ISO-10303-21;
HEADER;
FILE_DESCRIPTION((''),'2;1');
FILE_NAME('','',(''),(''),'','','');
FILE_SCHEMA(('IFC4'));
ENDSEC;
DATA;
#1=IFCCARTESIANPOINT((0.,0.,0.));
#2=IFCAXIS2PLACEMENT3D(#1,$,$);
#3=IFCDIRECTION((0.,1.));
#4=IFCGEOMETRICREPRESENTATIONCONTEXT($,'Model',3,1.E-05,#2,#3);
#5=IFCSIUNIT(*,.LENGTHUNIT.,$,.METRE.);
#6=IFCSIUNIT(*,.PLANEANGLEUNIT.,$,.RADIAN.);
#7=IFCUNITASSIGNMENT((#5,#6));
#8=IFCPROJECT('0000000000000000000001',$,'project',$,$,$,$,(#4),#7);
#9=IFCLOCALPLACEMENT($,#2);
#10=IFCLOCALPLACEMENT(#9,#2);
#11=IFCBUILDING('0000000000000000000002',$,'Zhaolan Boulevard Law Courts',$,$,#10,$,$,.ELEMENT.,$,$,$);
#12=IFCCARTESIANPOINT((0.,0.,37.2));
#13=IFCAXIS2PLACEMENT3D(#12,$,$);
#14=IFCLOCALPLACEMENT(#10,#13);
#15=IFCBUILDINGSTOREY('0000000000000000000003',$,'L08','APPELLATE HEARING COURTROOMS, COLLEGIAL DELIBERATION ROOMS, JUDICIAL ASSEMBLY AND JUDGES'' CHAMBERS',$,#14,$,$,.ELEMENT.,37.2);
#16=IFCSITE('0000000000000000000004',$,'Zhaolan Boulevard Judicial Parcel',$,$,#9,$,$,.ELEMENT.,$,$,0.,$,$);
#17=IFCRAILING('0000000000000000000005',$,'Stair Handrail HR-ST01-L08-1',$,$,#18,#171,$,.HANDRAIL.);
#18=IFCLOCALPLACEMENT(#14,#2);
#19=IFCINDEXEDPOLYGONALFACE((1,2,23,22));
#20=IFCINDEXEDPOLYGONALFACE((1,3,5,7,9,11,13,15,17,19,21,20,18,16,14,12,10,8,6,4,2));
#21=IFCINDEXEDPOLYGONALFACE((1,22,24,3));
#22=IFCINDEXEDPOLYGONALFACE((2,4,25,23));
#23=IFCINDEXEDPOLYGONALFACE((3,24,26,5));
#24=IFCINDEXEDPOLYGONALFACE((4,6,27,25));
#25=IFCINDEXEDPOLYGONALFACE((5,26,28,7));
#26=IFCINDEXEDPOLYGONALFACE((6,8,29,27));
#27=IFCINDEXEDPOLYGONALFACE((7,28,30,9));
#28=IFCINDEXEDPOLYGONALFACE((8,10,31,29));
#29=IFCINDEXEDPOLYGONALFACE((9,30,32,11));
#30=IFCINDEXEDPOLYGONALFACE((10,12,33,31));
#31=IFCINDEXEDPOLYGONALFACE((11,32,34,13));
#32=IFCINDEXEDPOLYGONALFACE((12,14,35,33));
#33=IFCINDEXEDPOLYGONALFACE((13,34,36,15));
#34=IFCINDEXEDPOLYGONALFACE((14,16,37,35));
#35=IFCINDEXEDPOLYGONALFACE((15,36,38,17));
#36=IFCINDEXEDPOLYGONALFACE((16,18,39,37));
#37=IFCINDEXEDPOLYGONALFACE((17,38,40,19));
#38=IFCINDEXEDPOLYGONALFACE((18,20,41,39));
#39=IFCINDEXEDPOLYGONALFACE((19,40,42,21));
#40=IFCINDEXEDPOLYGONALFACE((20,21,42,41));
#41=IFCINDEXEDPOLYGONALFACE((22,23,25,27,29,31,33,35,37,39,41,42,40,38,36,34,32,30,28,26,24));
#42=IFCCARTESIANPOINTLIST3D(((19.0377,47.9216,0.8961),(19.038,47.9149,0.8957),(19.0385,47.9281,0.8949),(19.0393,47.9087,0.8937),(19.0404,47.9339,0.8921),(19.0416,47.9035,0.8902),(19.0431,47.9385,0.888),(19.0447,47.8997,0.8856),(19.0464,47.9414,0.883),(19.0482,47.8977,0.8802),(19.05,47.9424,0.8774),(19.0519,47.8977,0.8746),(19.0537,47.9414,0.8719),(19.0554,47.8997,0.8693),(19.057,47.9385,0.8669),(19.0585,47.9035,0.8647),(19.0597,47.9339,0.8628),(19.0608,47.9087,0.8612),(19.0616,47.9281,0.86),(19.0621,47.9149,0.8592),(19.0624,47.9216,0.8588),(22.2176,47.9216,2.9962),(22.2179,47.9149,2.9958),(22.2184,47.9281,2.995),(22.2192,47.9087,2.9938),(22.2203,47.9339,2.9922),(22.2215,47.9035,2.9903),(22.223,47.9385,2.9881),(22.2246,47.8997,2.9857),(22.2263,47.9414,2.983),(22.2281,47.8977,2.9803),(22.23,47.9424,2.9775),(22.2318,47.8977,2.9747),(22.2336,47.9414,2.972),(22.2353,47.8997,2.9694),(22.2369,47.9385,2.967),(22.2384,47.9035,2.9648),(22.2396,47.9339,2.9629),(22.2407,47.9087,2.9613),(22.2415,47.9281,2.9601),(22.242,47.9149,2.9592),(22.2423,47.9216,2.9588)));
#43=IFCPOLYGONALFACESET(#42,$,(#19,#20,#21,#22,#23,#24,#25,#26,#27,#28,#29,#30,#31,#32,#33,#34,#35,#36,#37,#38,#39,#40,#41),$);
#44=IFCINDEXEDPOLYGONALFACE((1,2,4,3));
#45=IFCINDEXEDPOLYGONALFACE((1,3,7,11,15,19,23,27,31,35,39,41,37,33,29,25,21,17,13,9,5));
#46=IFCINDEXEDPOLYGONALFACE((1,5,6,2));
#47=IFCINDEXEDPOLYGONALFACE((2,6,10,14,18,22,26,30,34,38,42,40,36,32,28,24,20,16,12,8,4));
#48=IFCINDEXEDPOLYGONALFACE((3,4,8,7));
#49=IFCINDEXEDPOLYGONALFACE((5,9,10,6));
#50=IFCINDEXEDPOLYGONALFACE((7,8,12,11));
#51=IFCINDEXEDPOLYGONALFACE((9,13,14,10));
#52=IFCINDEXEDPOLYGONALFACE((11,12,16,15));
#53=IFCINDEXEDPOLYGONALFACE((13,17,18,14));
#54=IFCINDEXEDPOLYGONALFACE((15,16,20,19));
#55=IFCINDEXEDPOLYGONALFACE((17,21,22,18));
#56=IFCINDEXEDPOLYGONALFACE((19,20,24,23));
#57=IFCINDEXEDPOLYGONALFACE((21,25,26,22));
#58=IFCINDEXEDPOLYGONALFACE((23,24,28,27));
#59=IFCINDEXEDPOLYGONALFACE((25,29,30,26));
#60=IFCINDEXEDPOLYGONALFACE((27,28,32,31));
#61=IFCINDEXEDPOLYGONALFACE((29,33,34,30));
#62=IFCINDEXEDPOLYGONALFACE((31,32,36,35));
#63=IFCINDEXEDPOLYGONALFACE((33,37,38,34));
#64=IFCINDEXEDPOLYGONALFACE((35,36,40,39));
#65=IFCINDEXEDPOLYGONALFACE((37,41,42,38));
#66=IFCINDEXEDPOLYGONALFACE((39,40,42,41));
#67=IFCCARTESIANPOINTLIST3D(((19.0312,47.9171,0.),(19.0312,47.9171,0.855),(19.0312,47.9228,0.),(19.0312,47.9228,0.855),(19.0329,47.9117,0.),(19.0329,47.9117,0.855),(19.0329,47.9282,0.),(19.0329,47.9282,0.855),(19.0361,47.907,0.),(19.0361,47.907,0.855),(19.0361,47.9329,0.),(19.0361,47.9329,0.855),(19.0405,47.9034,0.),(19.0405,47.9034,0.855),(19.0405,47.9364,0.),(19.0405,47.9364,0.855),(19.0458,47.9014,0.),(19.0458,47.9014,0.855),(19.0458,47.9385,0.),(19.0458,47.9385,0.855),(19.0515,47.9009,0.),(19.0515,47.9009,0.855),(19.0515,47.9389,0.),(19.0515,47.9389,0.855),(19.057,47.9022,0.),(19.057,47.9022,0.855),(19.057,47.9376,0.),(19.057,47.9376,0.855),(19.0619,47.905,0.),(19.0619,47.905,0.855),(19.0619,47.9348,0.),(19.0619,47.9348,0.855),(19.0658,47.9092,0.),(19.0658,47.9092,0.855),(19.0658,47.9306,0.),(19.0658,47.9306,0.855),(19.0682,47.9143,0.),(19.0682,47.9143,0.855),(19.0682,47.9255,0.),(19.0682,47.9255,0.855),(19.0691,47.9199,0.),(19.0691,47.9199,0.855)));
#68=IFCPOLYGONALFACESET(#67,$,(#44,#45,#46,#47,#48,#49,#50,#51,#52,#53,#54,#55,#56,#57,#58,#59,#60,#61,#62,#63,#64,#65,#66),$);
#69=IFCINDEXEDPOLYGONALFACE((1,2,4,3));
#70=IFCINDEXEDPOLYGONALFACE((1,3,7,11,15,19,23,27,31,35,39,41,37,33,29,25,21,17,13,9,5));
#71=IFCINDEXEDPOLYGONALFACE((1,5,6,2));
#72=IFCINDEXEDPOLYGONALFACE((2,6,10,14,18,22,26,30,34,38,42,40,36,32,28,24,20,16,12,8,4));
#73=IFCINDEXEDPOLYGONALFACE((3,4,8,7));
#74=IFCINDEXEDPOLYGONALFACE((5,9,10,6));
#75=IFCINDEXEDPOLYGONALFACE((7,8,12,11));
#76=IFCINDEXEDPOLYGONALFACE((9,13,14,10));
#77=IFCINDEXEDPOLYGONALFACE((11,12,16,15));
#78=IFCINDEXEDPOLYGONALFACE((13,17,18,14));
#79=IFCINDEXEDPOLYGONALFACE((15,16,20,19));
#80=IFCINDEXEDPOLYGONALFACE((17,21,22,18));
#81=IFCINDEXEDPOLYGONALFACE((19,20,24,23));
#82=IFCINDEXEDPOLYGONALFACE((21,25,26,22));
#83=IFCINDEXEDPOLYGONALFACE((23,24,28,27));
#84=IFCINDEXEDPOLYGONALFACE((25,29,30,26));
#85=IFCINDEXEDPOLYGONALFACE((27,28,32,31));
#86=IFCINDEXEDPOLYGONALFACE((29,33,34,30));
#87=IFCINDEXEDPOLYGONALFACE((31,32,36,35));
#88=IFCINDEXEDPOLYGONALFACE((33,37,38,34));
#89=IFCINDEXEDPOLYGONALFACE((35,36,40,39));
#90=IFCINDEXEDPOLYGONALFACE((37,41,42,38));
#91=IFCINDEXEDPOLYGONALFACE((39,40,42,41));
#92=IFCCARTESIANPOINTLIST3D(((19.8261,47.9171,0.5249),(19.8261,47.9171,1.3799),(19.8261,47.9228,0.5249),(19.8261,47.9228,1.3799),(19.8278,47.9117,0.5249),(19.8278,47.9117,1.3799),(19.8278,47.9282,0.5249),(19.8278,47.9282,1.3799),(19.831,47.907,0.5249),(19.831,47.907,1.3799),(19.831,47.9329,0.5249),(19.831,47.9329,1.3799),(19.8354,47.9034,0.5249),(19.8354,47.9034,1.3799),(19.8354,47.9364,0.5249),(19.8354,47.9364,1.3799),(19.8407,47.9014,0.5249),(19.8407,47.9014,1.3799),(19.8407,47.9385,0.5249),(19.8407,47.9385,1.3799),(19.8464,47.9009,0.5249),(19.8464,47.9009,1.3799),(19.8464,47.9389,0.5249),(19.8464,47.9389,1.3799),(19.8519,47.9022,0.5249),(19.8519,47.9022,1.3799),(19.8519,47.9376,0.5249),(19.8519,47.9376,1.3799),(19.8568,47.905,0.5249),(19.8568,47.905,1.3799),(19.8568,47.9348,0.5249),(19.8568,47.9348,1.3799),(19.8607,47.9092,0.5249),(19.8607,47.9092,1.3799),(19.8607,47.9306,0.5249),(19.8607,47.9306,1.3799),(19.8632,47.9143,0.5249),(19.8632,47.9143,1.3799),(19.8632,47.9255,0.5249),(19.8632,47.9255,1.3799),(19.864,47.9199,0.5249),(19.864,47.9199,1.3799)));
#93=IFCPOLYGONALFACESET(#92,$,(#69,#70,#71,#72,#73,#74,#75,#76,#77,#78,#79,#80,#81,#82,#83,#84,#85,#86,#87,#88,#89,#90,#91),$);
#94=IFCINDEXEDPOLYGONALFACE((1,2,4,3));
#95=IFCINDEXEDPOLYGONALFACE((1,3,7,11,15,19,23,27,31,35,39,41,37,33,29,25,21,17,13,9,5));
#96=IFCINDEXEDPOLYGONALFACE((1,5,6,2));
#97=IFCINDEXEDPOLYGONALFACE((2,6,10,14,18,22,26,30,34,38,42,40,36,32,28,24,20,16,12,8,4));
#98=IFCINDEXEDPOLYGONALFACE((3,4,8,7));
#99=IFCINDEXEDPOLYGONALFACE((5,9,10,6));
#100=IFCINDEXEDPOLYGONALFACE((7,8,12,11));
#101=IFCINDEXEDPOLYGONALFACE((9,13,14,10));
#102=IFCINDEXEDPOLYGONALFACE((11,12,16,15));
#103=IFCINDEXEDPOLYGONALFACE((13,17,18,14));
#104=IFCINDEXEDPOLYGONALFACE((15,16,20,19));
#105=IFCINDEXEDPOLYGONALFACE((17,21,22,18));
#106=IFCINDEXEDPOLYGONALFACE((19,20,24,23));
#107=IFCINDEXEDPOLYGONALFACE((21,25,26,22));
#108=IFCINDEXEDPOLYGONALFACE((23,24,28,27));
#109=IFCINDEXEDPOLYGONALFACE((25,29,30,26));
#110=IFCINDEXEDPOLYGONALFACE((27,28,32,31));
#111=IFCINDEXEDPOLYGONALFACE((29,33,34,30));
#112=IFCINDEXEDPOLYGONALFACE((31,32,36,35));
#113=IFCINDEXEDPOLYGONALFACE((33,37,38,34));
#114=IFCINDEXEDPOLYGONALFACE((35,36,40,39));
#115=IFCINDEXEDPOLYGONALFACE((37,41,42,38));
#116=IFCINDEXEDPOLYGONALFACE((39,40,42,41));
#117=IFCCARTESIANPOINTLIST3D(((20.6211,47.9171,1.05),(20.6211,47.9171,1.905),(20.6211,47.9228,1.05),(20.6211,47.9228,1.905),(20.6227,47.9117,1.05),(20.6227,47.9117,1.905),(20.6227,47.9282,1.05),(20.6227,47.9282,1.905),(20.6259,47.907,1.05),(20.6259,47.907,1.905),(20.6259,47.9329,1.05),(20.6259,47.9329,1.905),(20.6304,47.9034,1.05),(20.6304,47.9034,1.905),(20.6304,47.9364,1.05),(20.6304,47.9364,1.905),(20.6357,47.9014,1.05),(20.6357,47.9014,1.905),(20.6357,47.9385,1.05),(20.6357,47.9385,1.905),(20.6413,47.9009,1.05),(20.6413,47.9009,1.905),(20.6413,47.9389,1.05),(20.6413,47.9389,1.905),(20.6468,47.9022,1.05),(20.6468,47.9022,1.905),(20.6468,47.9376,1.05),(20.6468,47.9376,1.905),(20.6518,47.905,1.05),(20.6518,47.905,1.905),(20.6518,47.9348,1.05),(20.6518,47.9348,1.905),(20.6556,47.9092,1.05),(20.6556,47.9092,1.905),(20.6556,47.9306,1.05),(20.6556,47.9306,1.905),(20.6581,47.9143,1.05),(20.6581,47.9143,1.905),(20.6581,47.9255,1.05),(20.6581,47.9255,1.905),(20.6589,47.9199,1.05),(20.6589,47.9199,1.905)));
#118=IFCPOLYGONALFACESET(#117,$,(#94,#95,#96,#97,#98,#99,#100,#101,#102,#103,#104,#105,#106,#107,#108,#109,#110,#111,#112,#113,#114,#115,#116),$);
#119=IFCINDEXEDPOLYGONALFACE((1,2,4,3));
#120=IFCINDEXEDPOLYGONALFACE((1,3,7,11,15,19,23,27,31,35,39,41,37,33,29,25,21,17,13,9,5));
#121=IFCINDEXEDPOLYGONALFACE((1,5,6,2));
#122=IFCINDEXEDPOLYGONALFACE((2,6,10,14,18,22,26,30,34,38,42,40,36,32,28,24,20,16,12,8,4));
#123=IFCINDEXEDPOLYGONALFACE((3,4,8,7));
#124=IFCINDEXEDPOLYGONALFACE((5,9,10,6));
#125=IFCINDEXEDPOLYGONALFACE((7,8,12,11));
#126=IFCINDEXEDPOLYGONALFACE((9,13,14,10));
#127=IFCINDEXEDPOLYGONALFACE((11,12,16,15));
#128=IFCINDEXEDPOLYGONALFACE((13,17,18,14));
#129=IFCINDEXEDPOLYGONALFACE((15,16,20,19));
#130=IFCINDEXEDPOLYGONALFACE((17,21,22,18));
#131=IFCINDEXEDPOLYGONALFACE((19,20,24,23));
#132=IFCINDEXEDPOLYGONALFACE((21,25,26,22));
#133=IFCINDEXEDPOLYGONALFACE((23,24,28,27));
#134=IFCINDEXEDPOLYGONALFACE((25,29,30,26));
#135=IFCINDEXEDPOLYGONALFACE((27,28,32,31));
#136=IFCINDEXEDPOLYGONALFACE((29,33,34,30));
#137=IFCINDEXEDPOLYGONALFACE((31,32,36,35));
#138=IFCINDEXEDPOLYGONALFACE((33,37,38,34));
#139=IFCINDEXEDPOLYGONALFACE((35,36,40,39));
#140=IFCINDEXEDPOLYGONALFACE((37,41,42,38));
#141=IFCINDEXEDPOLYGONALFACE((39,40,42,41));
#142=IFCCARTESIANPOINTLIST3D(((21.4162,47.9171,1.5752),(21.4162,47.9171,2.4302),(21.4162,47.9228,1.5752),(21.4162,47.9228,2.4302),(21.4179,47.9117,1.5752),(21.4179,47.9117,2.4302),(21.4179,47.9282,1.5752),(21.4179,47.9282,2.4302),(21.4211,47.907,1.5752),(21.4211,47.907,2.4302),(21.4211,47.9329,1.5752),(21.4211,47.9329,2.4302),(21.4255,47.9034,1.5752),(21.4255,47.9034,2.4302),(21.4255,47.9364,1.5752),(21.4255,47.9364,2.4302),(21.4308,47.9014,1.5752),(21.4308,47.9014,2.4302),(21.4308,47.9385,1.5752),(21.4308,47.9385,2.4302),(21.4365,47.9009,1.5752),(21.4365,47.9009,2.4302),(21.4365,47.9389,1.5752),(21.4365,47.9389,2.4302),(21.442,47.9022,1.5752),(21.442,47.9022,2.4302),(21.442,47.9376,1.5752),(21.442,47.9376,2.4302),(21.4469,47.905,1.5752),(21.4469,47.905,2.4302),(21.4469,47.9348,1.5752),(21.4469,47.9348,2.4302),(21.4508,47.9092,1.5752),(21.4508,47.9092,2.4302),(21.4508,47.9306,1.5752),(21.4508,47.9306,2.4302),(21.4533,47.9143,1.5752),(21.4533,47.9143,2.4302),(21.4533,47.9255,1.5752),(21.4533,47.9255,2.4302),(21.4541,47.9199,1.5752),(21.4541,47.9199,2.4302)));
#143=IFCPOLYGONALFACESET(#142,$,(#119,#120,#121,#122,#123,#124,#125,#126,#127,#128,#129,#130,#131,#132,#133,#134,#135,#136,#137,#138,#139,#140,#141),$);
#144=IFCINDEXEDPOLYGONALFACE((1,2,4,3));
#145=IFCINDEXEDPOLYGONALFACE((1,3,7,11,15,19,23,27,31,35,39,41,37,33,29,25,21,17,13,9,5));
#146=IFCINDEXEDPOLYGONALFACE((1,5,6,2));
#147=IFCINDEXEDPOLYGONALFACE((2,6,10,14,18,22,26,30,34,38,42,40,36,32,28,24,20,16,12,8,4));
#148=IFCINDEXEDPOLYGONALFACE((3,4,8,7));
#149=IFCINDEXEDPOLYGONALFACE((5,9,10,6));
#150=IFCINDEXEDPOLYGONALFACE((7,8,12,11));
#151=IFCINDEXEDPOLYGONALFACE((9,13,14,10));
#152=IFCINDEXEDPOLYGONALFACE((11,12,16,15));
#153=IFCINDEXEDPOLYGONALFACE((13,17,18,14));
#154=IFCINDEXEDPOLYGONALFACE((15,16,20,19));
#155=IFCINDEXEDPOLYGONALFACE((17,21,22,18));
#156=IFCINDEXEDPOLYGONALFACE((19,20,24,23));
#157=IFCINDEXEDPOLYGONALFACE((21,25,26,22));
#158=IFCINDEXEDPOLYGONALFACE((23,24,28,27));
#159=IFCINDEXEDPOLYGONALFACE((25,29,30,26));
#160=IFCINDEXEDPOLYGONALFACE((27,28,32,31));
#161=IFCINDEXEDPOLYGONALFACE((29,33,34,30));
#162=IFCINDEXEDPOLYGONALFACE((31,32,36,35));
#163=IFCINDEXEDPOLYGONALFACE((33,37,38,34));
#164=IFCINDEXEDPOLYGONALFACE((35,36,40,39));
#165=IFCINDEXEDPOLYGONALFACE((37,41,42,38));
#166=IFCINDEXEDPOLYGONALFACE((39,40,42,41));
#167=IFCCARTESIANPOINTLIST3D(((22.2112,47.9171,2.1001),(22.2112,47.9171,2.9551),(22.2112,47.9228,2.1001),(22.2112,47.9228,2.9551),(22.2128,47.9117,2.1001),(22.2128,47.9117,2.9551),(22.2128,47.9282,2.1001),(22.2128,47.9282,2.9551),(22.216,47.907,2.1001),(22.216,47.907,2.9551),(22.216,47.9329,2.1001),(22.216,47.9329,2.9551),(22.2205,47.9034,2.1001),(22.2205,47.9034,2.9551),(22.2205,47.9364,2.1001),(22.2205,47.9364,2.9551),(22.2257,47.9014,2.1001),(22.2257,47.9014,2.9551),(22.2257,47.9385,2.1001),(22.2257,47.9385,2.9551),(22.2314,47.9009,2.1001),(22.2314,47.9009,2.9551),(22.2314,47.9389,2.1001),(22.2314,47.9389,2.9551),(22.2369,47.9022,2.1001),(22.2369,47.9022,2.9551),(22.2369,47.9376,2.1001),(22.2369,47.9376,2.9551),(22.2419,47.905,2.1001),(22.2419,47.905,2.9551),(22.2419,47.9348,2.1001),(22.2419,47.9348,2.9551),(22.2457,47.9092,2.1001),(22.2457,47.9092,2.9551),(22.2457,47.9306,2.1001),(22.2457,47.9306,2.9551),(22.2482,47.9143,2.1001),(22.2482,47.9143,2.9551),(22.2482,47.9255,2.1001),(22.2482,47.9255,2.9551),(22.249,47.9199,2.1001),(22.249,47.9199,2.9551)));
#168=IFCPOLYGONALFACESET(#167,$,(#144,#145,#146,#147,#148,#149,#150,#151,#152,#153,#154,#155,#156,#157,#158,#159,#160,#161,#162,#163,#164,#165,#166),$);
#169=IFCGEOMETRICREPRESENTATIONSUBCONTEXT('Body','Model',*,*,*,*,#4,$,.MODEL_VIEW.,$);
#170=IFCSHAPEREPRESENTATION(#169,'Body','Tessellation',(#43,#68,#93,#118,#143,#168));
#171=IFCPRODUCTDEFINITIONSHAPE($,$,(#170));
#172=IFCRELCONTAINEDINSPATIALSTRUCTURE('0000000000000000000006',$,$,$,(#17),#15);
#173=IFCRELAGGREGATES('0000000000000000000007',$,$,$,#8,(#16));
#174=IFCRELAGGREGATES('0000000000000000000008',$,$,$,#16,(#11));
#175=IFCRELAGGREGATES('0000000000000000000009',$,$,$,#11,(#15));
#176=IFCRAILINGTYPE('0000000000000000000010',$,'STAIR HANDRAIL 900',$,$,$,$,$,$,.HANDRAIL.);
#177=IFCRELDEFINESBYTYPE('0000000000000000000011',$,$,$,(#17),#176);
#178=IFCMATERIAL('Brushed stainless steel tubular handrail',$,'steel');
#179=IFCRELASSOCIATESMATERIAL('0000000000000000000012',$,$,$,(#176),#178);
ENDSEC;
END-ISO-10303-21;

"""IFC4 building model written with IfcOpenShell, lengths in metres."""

from ifc_helpers import new_model, si_unit, direction, frame, origin, origin_2d, place, context, subcontext, project, spatial, circle, extrude, material, type_object, element, save


model = new_model("IFC4")

# Units and contexts
model_context = context("Model", 3, precision=1e-05, world=origin(), true_north=direction((0.0, 1.0)))
body_context = subcontext(model_context, "Body", "Model", "MODEL_VIEW")
ifc_project = project(units=[si_unit("LENGTHUNIT", "METRE"), si_unit("PLANEANGLEUNIT", "RADIAN")], contexts=[model_context])

# Site, building, storey
site_placement = place(None, origin())
site = spatial("IfcSite", under=ifc_project, at=site_placement, Name="Zhaolan Boulevard Judicial Parcel", CompositionType="ELEMENT", RefElevation=0.0)
building_placement = place(site_placement, origin())
building = spatial("IfcBuilding", under=site, at=building_placement, Name="Zhaolan Boulevard Law Courts", CompositionType="ELEMENT")
storey_placement = place(building_placement, frame((0.0, 0.0, 37.2)))
storey = spatial("IfcBuildingStorey", under=building, at=storey_placement, Name="L08", Description="APPELLATE HEARING COURTROOMS, COLLEGIAL DELIBERATION ROOMS, JUDICIAL ASSEMBLY AND JUDGES' CHAMBERS", CompositionType="ELEMENT", Elevation=37.2)

# Railing
ifc_material_1 = material(Name="Brushed stainless steel tubular handrail", Category="steel")
railing_type_1 = type_object("IfcRailingType", Name="STAIR HANDRAIL 900", PredefinedType="HANDRAIL", material=ifc_material_1)
railing_1_placement = place(storey_placement, frame((19.05, 47.9199, 0.0)))
element("IfcRailing", 1, at=railing_1_placement, inside=storey, type_object=railing_type_1, Name="Stair Handrail HR-ST01-L08-1", PredefinedType="HANDRAIL", context=body_context, shape_type="SweptSolid", body=[
    extrude(circle(Radius=0.0225, at=origin_2d()), frame((0.0, 0.0, 0.8774), z_axis=(0.834447, 0.0, 0.551088), x_axis=(0.0, 1.0, 0.0)), (0.0, 0.0, 1.0), 3.8108),
    extrude(circle(Radius=0.019, at=origin_2d()), origin(), (0.0, 0.0, 1.0), 0.855),
    extrude(circle(Radius=0.019, at=origin_2d()), frame((0.7949, 0.0, 0.5249)), (0.0, 0.0, 1.0), 0.855),
    extrude(circle(Radius=0.019, at=origin_2d()), frame((1.5898, 0.0, 1.05)), (0.0, 0.0, 1.0), 0.855),
    extrude(circle(Radius=0.019, at=origin_2d()), frame((2.385, 0.0, 1.5752)), (0.0, 0.0, 1.0), 0.855),
    extrude(circle(Radius=0.019, at=origin_2d()), frame((3.1799, 0.0, 2.1001)), (0.0, 0.0, 1.0), 0.855),
])

save(model, "model.ifc")
